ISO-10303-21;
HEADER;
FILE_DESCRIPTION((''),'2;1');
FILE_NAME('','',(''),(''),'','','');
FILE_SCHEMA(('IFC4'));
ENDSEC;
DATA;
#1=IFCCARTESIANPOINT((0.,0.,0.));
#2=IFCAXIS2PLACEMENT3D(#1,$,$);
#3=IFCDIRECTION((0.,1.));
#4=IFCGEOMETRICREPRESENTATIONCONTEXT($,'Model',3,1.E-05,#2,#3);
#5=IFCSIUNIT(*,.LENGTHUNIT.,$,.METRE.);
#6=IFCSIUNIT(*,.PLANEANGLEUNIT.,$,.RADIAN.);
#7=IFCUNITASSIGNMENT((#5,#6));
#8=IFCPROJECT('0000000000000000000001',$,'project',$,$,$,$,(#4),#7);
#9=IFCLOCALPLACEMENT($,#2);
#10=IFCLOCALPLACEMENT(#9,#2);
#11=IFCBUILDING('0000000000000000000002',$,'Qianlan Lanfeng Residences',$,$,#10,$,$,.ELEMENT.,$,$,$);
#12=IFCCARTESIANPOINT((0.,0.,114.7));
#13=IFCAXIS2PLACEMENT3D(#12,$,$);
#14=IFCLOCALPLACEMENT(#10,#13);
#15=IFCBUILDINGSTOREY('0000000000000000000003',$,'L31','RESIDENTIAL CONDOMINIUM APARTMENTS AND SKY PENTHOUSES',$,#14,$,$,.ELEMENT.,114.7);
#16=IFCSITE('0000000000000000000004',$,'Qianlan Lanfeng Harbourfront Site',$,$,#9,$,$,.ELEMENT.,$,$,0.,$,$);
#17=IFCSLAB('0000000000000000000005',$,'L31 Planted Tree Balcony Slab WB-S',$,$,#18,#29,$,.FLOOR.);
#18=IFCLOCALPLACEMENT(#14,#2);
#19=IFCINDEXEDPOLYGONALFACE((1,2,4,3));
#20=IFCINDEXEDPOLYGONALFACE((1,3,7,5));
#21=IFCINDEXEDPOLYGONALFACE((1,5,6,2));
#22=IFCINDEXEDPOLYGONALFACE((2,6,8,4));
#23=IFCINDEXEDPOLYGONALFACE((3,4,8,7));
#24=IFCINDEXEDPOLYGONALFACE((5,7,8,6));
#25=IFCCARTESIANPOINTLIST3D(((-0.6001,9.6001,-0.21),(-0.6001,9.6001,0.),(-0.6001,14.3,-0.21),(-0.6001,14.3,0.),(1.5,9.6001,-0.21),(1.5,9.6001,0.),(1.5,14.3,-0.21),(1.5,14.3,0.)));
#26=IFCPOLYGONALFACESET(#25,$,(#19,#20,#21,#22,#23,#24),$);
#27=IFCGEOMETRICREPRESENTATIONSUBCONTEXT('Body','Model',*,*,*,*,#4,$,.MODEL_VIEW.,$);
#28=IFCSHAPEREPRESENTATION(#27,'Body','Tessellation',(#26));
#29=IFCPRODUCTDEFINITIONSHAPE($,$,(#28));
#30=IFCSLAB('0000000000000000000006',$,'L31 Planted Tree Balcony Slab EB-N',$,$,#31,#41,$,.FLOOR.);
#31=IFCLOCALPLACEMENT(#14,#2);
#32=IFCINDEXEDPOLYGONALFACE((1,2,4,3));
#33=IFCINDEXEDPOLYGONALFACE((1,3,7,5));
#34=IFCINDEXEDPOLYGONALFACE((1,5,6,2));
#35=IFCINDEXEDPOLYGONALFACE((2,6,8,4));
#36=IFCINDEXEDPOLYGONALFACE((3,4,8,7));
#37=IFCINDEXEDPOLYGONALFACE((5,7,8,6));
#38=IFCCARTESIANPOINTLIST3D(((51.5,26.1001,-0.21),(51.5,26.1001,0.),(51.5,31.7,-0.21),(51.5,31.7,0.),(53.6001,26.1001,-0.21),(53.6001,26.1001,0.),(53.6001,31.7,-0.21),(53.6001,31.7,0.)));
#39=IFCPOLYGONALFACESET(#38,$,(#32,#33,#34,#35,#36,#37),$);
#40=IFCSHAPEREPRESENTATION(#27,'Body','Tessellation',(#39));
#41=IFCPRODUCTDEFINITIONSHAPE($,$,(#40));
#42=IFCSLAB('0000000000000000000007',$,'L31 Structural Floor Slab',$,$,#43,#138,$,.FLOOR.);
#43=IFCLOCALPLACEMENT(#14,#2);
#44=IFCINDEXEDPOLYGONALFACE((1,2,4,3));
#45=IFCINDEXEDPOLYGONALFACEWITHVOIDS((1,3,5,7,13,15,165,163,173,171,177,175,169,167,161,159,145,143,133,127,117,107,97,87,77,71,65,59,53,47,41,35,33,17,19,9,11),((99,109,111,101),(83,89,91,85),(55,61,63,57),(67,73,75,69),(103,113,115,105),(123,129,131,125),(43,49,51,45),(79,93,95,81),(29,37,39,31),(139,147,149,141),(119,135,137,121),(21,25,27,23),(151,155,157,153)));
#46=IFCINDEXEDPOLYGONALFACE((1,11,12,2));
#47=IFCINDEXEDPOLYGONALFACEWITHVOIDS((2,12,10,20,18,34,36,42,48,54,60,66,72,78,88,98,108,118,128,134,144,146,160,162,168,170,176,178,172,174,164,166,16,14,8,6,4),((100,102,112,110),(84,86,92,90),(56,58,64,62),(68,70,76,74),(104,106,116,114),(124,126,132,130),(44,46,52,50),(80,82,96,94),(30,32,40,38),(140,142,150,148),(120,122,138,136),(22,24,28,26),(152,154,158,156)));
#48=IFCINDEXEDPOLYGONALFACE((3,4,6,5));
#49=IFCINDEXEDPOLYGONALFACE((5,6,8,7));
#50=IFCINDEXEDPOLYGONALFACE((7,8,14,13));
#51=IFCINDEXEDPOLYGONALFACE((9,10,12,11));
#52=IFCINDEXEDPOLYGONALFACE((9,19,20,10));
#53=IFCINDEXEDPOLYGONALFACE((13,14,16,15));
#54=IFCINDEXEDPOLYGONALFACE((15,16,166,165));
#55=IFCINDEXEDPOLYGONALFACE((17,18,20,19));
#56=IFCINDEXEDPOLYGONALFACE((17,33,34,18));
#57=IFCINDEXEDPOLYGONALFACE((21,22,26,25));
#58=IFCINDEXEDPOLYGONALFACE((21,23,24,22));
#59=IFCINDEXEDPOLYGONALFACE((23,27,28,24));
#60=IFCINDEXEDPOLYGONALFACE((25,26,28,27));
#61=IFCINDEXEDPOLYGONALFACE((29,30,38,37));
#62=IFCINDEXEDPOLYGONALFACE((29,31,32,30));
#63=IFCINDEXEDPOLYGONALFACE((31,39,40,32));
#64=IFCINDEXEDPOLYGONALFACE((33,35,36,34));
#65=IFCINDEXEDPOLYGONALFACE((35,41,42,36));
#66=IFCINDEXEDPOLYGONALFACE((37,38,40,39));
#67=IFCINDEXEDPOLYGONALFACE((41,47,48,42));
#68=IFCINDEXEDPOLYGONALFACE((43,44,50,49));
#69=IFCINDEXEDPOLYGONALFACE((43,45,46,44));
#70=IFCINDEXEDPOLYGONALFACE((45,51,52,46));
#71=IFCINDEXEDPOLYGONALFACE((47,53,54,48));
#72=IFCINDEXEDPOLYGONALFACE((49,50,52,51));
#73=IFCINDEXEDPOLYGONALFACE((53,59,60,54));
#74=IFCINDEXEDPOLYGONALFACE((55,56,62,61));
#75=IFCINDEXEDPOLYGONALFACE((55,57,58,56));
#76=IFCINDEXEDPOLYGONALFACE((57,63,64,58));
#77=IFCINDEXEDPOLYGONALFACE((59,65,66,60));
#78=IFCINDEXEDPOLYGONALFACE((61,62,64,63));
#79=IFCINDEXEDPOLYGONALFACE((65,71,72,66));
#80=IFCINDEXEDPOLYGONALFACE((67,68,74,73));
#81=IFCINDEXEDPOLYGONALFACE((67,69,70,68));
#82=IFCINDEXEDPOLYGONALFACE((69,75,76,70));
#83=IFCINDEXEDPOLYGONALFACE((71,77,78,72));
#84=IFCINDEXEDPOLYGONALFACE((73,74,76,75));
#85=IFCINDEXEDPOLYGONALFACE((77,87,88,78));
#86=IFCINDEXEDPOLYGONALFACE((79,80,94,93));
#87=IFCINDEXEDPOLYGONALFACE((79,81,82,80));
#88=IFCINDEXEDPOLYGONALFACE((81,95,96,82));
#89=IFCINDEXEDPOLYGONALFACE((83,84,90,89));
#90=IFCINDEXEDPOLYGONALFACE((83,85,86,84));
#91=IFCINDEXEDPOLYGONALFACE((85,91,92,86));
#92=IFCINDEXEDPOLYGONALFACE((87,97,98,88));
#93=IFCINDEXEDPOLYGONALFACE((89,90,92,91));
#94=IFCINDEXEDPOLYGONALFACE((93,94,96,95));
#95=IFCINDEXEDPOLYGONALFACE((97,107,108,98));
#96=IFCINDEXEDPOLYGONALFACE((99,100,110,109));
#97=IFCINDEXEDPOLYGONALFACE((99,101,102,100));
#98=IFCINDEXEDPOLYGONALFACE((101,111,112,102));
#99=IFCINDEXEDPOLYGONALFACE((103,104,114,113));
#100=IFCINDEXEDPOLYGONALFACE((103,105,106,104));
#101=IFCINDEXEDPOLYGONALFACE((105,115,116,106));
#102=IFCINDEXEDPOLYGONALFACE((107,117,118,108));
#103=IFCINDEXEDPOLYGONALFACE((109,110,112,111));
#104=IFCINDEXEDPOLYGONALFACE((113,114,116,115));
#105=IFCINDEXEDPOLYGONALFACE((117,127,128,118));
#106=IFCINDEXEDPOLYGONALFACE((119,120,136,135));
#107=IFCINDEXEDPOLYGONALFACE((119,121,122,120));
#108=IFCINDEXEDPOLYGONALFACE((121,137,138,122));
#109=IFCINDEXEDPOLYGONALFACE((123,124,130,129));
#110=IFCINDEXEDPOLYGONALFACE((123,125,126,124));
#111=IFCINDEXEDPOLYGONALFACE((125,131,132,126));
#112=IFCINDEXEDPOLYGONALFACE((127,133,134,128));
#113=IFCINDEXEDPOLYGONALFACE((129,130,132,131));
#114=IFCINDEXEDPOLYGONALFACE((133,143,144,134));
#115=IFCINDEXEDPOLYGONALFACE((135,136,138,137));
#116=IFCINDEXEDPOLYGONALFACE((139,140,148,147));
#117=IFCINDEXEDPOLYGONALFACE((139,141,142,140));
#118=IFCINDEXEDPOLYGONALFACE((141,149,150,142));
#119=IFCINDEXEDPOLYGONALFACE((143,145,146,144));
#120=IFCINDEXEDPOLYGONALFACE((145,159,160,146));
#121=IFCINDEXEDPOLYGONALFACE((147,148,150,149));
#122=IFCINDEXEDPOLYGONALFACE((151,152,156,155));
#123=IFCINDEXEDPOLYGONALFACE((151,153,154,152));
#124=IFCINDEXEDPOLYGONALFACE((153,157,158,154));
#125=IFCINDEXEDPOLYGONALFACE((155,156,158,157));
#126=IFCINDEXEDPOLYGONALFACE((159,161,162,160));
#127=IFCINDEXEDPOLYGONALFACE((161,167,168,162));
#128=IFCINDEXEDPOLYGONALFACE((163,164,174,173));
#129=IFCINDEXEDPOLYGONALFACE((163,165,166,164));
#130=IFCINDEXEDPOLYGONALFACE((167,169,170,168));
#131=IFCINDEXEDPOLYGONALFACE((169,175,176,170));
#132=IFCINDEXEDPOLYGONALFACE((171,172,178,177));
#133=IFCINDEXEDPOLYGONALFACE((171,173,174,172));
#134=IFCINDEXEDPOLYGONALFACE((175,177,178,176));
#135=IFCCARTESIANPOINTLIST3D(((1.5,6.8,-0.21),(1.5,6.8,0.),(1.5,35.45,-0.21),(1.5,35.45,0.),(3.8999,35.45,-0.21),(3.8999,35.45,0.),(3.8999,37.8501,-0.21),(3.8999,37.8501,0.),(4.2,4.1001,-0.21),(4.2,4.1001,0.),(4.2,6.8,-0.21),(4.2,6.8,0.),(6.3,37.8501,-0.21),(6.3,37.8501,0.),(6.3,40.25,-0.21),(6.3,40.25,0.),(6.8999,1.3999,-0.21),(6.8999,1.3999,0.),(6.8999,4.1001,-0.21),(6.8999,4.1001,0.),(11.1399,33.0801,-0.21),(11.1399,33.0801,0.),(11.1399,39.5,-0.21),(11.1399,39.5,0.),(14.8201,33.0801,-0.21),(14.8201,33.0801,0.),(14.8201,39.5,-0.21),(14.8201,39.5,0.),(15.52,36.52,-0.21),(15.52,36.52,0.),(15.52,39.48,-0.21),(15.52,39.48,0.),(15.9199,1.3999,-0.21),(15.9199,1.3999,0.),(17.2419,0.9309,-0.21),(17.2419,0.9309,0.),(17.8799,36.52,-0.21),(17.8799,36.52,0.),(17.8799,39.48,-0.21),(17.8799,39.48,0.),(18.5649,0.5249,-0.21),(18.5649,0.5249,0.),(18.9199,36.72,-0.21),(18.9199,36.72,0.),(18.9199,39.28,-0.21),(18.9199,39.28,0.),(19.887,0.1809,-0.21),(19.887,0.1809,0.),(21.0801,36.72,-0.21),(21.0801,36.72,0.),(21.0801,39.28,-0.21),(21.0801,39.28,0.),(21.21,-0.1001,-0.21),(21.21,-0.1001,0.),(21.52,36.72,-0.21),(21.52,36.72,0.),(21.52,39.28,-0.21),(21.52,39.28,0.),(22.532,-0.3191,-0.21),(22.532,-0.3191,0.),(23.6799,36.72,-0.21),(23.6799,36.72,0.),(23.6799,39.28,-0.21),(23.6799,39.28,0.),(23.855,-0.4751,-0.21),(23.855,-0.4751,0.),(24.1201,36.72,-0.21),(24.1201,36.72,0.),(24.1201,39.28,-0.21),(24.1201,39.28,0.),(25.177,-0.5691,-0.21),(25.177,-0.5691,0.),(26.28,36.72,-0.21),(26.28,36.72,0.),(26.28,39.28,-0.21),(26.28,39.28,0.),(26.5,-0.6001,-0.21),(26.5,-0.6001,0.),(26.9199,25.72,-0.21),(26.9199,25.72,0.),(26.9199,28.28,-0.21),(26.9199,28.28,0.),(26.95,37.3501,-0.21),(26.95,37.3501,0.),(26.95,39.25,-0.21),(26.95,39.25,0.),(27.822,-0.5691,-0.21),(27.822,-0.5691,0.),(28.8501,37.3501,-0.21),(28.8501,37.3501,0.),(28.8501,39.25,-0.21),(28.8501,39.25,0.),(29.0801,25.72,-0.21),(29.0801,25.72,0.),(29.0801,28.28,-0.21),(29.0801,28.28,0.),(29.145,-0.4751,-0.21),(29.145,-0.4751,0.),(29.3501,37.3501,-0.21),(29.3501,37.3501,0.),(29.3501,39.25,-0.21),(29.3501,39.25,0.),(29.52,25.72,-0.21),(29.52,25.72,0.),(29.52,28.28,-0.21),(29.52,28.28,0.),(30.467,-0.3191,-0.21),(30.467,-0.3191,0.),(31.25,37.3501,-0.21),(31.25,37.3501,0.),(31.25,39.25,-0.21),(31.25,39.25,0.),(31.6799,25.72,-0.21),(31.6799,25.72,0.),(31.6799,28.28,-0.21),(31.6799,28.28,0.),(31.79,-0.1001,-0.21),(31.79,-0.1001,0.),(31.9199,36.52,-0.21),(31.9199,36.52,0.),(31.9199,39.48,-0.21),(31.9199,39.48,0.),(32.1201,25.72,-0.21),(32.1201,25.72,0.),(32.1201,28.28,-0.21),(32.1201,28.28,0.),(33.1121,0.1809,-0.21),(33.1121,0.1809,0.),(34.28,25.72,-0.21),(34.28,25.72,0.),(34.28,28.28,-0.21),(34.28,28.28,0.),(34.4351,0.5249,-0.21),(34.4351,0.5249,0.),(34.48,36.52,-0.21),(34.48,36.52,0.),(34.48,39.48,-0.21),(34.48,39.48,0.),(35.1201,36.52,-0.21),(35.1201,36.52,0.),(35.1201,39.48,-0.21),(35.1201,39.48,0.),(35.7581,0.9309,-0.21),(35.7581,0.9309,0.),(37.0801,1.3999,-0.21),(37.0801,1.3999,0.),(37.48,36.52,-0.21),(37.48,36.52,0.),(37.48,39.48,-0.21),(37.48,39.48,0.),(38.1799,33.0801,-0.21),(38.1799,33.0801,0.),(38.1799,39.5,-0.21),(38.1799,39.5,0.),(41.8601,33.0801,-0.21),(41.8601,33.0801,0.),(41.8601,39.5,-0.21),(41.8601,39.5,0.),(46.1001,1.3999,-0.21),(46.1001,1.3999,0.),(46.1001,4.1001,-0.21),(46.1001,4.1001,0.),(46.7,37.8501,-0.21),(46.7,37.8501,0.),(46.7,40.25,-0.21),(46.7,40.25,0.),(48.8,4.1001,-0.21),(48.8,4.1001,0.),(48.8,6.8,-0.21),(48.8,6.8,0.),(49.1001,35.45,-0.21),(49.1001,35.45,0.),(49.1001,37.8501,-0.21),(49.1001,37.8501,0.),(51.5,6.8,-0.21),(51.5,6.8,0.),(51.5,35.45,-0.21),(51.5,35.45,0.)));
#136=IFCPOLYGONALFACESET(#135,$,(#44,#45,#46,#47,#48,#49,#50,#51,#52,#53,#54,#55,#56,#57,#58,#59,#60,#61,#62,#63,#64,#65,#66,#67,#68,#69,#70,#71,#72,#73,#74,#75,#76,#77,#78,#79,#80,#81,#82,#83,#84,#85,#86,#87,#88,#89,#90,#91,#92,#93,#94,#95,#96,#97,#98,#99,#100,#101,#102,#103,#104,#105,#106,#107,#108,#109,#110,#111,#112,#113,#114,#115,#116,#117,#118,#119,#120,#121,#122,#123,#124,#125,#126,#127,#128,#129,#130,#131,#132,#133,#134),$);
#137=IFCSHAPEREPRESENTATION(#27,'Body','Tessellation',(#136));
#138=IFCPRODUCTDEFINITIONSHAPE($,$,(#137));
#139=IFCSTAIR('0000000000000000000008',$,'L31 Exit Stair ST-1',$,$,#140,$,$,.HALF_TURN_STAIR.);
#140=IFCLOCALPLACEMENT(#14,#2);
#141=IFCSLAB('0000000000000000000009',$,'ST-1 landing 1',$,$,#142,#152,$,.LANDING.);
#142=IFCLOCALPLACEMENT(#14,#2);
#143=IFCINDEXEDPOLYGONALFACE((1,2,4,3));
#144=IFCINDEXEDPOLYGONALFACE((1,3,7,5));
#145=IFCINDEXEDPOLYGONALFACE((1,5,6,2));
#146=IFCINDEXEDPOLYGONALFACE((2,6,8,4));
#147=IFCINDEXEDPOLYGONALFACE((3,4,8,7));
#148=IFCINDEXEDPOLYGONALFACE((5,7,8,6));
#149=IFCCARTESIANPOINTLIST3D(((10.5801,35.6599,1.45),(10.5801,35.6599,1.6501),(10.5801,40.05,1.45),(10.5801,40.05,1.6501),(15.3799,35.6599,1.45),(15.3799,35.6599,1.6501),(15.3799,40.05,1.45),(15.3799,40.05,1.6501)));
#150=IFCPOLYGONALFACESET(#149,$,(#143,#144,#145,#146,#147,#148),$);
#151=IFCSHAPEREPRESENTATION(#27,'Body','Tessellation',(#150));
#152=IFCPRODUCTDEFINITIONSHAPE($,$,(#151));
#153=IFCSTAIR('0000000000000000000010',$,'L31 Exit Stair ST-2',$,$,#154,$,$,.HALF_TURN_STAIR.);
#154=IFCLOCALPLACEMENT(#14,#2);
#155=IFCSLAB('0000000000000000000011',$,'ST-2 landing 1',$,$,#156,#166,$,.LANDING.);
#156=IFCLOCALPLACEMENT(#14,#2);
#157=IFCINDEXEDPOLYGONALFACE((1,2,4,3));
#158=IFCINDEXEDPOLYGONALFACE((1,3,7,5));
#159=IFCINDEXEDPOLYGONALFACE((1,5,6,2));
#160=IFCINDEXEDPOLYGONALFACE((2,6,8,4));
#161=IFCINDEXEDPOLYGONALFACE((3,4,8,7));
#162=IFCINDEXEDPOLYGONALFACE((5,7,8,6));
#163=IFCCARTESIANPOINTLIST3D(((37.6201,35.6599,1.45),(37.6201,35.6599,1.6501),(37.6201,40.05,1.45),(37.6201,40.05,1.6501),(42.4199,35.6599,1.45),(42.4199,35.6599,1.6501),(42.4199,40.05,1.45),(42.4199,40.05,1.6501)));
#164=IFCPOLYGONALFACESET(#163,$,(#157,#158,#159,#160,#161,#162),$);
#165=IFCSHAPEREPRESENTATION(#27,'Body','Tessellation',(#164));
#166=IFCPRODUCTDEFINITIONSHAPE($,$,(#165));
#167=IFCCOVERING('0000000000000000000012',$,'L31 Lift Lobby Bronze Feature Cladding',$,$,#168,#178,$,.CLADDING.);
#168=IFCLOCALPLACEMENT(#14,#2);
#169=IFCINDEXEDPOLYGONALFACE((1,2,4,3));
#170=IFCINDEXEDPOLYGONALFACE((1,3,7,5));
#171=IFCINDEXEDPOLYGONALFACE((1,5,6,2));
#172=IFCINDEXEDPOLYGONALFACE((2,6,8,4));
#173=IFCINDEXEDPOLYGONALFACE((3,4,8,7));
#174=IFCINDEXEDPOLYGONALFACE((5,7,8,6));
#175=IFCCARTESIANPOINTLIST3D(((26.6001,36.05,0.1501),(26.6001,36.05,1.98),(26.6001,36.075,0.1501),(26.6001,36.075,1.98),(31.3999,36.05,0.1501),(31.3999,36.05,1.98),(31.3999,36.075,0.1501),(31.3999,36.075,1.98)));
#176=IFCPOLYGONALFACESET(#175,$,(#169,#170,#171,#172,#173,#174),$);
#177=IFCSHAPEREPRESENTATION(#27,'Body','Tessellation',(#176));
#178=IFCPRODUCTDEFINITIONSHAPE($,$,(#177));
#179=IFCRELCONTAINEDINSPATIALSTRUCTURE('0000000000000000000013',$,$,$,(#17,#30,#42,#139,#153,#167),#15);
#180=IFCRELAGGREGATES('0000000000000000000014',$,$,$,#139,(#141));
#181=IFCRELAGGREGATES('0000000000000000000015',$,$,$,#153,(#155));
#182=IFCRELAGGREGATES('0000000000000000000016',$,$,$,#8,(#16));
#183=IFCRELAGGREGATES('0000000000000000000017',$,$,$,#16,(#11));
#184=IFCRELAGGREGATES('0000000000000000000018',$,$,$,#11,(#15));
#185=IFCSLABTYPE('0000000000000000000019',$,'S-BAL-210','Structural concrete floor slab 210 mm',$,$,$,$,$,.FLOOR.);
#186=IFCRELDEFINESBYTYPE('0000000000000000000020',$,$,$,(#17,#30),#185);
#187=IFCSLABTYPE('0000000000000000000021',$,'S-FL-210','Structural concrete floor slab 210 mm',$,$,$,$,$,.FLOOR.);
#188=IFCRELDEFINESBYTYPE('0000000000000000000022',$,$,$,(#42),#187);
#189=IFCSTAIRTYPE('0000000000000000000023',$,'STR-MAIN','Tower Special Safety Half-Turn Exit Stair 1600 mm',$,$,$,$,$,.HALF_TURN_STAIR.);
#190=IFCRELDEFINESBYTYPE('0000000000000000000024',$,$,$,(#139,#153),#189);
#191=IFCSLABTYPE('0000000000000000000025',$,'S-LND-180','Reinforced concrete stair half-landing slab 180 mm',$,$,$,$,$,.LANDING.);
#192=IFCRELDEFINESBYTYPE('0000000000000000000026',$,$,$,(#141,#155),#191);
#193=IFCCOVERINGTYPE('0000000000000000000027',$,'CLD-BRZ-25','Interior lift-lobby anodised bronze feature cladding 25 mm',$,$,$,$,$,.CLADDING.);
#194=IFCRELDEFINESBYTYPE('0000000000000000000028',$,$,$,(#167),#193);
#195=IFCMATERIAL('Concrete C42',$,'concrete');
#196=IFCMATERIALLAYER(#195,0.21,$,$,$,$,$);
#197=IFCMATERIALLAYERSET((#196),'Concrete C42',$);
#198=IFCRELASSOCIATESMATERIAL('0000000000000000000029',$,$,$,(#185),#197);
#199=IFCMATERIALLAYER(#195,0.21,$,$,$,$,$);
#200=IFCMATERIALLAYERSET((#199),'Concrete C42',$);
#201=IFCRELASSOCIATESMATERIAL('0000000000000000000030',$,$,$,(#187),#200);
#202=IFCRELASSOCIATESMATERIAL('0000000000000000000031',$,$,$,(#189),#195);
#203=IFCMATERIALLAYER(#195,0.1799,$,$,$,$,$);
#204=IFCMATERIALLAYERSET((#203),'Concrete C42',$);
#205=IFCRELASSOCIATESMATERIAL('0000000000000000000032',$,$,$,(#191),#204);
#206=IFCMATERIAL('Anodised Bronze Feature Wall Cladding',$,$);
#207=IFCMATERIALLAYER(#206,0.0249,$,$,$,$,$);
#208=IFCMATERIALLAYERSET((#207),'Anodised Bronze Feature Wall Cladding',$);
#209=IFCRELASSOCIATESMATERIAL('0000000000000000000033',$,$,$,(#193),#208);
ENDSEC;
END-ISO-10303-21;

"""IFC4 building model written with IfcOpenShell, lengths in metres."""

from ifc_helpers import new_model, si_unit, direction, frame, origin, place, context, subcontext, project, spatial, polyline, outline, extrude, material, layer, layer_set, type_object, element, aggregate, save


model = new_model("IFC4")

# Units and contexts
model_context = context("Model", 3, precision=1e-05, world=origin(), true_north=direction((0.0, 1.0)))
body_context = subcontext(model_context, "Body", "Model", "MODEL_VIEW")
ifc_project = project(units=[si_unit("LENGTHUNIT", "METRE"), si_unit("PLANEANGLEUNIT", "RADIAN")], contexts=[model_context])

# Site, building, storey
site_placement = place(None, origin())
site = spatial("IfcSite", under=ifc_project, at=site_placement, Name="Qianlan Lanfeng Harbourfront Site", CompositionType="ELEMENT", RefElevation=0.0)
building_placement = place(site_placement, origin())
building = spatial("IfcBuilding", under=site, at=building_placement, Name="Qianlan Lanfeng Residences", CompositionType="ELEMENT")
storey_placement = place(building_placement, frame((0.0, 0.0, 114.7)))
storey = spatial("IfcBuildingStorey", under=building, at=storey_placement, Name="L31", Description="RESIDENTIAL CONDOMINIUM APARTMENTS AND SKY PENTHOUSES", CompositionType="ELEMENT", Elevation=114.7)

# Slabs
ifc_material_1 = material(Name="Concrete C42", Category="concrete")
ifc_layer_1 = layer(ifc_material_1, 0.21)
ifc_layer_set_1 = layer_set([ifc_layer_1], Name="Concrete C42")
slab_type_1 = type_object("IfcSlabType", Name="S-BAL-210", Description="Structural concrete floor slab 210 mm", PredefinedType="FLOOR", material=ifc_layer_set_1)
slab_1_placement = place(storey_placement, frame((0.0, 0.0, -0.21)))
element("IfcSlab", 1, at=slab_1_placement, inside=storey, type_object=slab_type_1, Name="L31 Planted Tree Balcony Slab WB-S", PredefinedType="FLOOR", context=body_context, shape_type="SweptSolid", body=[
    extrude(outline(polyline([(1.5, 9.6001), (1.5, 14.3), (-0.6001, 14.3), (-0.6001, 9.6001), (1.5, 9.6001)])), origin(), (0.0, 0.0, 1.0), 0.21),
])
slab_2_placement = place(storey_placement, frame((0.0, 0.0, -0.21)))
element("IfcSlab", 2, at=slab_2_placement, inside=storey, type_object=slab_type_1, Name="L31 Planted Tree Balcony Slab EB-N", PredefinedType="FLOOR", context=body_context, shape_type="SweptSolid", body=[
    extrude(outline(polyline([(51.5, 31.7), (51.5, 26.1001), (53.6001, 26.1001), (53.6001, 31.7), (51.5, 31.7)])), origin(), (0.0, 0.0, 1.0), 0.21),
])
ifc_layer_2 = layer(ifc_material_1, 0.21)
ifc_layer_set_2 = layer_set([ifc_layer_2], Name="Concrete C42")
slab_type_2 = type_object("IfcSlabType", Name="S-FL-210", Description="Structural concrete floor slab 210 mm", PredefinedType="FLOOR", material=ifc_layer_set_2)
slab_3_placement = place(storey_placement, frame((0.0, 0.0, -0.21)))
element("IfcSlab", 3, at=slab_3_placement, inside=storey, type_object=slab_type_2, Name="L31 Structural Floor Slab", PredefinedType="FLOOR", context=body_context, shape_type="SweptSolid", body=[
    extrude(outline(polyline([(1.5, 6.8), (4.2, 6.8), (4.2, 4.1001), (6.8999, 4.1001), (6.8999, 1.3999), (15.9199, 1.3999), (17.2419, 0.9309), (18.5649, 0.5249), (19.887, 0.1809), (21.21, -0.1001), (22.532, -0.3191), (23.855, -0.4751), (25.177, -0.5691), (26.5, -0.6001), (27.822, -0.5691), (29.145, -0.4751), (30.467, -0.3191), (31.79, -0.1001), (33.1121, 0.1809), (34.4351, 0.5249), (35.7581, 0.9309), (37.0801, 1.3999), (46.1001, 1.3999), (46.1001, 4.1001), (48.8, 4.1001), (48.8, 6.8), (51.5, 6.8), (51.5, 35.45), (49.1001, 35.45), (49.1001, 37.8501), (46.7, 37.8501), (46.7, 40.25), (6.3, 40.25), (6.3, 37.8501), (3.8999, 37.8501), (3.8999, 35.45), (1.5, 35.45), (1.5, 6.8)]), holes=[polyline([(11.1399, 33.0801), (11.1399, 39.5), (14.8201, 39.5), (14.8201, 33.0801), (11.1399, 33.0801)]), polyline([(38.1799, 33.0801), (38.1799, 39.5), (41.8601, 39.5), (41.8601, 33.0801), (38.1799, 33.0801)]), polyline([(15.52, 36.52), (15.52, 39.48), (17.8799, 39.48), (17.8799, 36.52), (15.52, 36.52)]), polyline([(35.1201, 36.52), (35.1201, 39.48), (37.48, 39.48), (37.48, 36.52), (35.1201, 36.52)]), polyline([(31.9199, 36.52), (31.9199, 39.48), (34.48, 39.48), (34.48, 36.52), (31.9199, 36.52)]), polyline([(26.9199, 25.72), (26.9199, 28.28), (29.0801, 28.28), (29.0801, 25.72), (26.9199, 25.72)]), polyline([(29.52, 25.72), (29.52, 28.28), (31.6799, 28.28), (31.6799, 25.72), (29.52, 25.72)]), polyline([(32.1201, 25.72), (32.1201, 28.28), (34.28, 28.28), (34.28, 25.72), (32.1201, 25.72)]), polyline([(18.9199, 36.72), (18.9199, 39.28), (21.0801, 39.28), (21.0801, 36.72), (18.9199, 36.72)]), polyline([(21.52, 36.72), (21.52, 39.28), (23.6799, 39.28), (23.6799, 36.72), (21.52, 36.72)]), polyline([(24.1201, 36.72), (24.1201, 39.28), (26.28, 39.28), (26.28, 36.72), (24.1201, 36.72)]), polyline([(26.95, 37.3501), (26.95, 39.25), (28.8501, 39.25), (28.8501, 37.3501), (26.95, 37.3501)]), polyline([(29.3501, 37.3501), (29.3501, 39.25), (31.25, 39.25), (31.25, 37.3501), (29.3501, 37.3501)])]), origin(), (0.0, 0.0, 1.0), 0.21),
])

# Stairs, slabs
stair_type = type_object("IfcStairType", Name="STR-MAIN", Description="Tower Special Safety Half-Turn Exit Stair 1600 mm", PredefinedType="HALF_TURN_STAIR", material=ifc_material_1)
stair_1_placement = place(storey_placement, origin())
stair_1 = element("IfcStair", 4, at=stair_1_placement, inside=storey, type_object=stair_type, Name="L31 Exit Stair ST-1", PredefinedType="HALF_TURN_STAIR")
ifc_layer_3 = layer(ifc_material_1, 0.1799)
ifc_layer_set_3 = layer_set([ifc_layer_3], Name="Concrete C42")
slab_type_3 = type_object("IfcSlabType", Name="S-LND-180", Description="Reinforced concrete stair half-landing slab 180 mm", PredefinedType="LANDING", material=ifc_layer_set_3)
slab_4_placement = place(storey_placement, frame((0.0, 0.0, 1.45)))
slab_4 = element("IfcSlab", 5, at=slab_4_placement, type_object=slab_type_3, Name="ST-1 landing 1", PredefinedType="LANDING", context=body_context, shape_type="SweptSolid", body=[
    extrude(outline(polyline([(10.5801, 35.6599), (15.3799, 35.6599), (15.3799, 40.05), (10.5801, 40.05), (10.5801, 35.6599)])), origin(), (0.0, 0.0, 1.0), 0.2002),
])
aggregate(stair_1, [slab_4])
stair_2_placement = place(storey_placement, origin())
stair_2 = element("IfcStair", 6, at=stair_2_placement, inside=storey, type_object=stair_type, Name="L31 Exit Stair ST-2", PredefinedType="HALF_TURN_STAIR")
slab_5_placement = place(storey_placement, frame((0.0, 0.0, 1.45)))
slab_5 = element("IfcSlab", 7, at=slab_5_placement, type_object=slab_type_3, Name="ST-2 landing 1", PredefinedType="LANDING", context=body_context, shape_type="SweptSolid", body=[
    extrude(outline(polyline([(37.6201, 35.6599), (42.4199, 35.6599), (42.4199, 40.05), (37.6201, 40.05), (37.6201, 35.6599)])), origin(), (0.0, 0.0, 1.0), 0.2002),
])
aggregate(stair_2, [slab_5])

# Covering
ifc_material_2 = material(Name="Anodised Bronze Feature Wall Cladding")
ifc_layer_4 = layer(ifc_material_2, 0.0249)
ifc_layer_set_4 = layer_set([ifc_layer_4], Name="Anodised Bronze Feature Wall Cladding")
covering_type_1 = type_object("IfcCoveringType", Name="CLD-BRZ-25", Description="Interior lift-lobby anodised bronze feature cladding 25 mm", PredefinedType="CLADDING", material=ifc_layer_set_4)
covering_1_placement = place(storey_placement, frame((0.0, 0.0, 0.1501)))
element("IfcCovering", 8, at=covering_1_placement, inside=storey, type_object=covering_type_1, Name="L31 Lift Lobby Bronze Feature Cladding", PredefinedType="CLADDING", context=body_context, shape_type="SweptSolid", body=[
    extrude(outline(polyline([(26.6001, 36.05), (31.3999, 36.05), (31.3999, 36.075), (26.6001, 36.075), (26.6001, 36.05)])), origin(), (0.0, 0.0, 1.0), 1.8298),
])

save(model, "model.ifc")
